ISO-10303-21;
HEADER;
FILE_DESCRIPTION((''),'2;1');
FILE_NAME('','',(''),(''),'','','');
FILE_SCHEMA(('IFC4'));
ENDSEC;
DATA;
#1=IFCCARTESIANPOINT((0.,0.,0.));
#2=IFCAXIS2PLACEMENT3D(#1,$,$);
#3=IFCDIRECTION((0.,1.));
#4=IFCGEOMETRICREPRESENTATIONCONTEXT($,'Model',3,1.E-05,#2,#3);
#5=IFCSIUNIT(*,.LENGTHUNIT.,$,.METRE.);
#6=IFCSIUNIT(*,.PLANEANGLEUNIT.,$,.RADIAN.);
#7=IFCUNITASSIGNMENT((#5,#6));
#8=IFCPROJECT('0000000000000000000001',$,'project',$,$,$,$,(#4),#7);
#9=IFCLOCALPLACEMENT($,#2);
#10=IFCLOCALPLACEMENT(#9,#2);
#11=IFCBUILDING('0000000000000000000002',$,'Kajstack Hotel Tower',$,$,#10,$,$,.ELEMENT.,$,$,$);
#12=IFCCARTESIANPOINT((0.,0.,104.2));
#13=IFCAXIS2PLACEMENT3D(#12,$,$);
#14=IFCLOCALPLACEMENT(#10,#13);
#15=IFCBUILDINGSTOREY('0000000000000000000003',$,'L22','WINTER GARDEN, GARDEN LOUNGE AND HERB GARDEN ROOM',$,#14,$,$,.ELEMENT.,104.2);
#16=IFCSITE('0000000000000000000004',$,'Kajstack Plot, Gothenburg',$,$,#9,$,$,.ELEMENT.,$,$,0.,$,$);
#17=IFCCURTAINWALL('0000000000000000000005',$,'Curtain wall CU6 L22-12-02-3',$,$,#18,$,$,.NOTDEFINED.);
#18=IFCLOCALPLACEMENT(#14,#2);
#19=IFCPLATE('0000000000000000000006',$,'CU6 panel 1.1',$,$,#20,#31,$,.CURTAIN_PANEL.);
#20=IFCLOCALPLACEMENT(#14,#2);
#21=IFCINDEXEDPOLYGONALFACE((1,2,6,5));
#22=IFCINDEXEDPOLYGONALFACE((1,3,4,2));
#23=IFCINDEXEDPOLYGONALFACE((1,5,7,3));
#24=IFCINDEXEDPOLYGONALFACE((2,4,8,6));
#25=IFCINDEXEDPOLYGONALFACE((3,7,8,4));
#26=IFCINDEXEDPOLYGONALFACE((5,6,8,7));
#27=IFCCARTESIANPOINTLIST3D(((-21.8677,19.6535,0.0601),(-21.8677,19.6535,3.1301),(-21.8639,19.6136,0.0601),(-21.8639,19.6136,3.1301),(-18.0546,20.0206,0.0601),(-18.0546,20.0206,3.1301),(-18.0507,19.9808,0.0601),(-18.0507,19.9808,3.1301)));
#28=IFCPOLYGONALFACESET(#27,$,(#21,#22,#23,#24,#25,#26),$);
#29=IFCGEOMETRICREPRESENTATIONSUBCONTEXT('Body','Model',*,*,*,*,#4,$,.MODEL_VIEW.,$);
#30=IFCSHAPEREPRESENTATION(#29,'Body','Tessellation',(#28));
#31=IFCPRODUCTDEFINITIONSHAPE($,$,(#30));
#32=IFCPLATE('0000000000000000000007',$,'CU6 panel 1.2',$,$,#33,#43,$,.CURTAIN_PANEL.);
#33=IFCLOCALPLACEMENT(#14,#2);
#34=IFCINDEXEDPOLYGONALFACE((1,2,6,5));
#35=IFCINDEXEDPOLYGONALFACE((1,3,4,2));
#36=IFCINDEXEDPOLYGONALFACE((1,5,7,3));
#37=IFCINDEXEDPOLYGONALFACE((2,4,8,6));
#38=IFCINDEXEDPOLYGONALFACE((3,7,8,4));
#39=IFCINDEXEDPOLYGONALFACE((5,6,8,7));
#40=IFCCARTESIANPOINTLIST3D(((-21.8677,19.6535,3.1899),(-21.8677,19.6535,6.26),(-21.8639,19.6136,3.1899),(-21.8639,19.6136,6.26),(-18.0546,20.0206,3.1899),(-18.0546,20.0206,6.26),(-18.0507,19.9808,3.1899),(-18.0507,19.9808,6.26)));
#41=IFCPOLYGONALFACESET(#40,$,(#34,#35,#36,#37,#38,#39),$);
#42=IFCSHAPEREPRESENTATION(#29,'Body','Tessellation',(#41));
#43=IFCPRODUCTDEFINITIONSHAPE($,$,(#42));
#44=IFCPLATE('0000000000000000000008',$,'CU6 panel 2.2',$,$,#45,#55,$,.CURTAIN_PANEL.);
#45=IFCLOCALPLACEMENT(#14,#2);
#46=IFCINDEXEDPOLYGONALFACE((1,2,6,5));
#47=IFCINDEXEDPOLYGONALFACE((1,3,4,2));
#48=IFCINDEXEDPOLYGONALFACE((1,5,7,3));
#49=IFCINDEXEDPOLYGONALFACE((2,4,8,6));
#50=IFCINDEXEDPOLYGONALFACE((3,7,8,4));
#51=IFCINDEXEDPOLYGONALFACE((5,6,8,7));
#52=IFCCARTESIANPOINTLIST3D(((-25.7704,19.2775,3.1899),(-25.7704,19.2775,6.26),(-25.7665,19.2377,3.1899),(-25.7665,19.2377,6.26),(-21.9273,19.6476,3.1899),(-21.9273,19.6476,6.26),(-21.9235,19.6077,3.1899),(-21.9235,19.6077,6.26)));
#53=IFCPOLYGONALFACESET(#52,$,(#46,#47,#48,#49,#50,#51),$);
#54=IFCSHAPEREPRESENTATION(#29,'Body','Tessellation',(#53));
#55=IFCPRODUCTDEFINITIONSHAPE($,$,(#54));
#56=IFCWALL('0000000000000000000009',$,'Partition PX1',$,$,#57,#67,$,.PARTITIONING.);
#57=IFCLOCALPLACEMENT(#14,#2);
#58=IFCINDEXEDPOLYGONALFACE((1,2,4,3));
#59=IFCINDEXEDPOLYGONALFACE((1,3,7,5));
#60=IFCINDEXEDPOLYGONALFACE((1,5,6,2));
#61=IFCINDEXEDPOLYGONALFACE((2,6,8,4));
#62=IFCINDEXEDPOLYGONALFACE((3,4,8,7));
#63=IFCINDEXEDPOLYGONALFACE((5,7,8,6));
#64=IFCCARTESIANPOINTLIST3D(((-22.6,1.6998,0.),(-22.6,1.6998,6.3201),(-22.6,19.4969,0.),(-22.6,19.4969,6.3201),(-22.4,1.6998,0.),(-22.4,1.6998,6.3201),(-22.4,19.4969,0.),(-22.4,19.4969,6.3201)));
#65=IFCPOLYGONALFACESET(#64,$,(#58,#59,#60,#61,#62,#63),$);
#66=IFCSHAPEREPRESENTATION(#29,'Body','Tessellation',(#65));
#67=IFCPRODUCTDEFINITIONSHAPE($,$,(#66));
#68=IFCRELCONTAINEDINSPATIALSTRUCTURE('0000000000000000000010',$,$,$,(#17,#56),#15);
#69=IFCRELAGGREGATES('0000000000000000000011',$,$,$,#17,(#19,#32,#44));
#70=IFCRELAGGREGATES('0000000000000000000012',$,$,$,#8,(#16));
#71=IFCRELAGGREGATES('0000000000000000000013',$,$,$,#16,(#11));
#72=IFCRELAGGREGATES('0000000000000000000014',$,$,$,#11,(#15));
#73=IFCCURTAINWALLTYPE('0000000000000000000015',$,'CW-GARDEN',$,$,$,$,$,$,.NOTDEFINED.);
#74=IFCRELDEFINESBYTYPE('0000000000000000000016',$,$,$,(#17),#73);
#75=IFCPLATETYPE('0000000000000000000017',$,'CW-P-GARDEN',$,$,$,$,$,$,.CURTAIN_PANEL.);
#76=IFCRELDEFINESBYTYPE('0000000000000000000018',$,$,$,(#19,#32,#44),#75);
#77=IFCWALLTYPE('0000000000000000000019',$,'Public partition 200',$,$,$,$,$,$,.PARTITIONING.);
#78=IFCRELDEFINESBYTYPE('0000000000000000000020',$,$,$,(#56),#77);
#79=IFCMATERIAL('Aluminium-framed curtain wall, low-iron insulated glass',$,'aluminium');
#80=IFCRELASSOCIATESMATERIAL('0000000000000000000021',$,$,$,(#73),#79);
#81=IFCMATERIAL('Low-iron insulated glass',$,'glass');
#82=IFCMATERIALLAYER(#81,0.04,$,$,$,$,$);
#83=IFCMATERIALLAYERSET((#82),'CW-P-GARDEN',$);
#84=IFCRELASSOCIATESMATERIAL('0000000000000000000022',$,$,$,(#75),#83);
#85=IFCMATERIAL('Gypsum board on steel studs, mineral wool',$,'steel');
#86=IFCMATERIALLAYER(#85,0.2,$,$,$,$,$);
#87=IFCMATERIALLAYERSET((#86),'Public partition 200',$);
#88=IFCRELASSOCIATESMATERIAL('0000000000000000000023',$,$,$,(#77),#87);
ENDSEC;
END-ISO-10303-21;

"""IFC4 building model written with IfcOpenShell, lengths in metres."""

from ifc_helpers import new_model, si_unit, direction, frame, frame_2d, origin, origin_2d, place, context, subcontext, project, spatial, rectangle, extrude, material, layer, layer_set, type_object, element, aggregate, save


model = new_model("IFC4")

# Units and contexts
model_context = context("Model", 3, precision=1e-05, world=origin(), true_north=direction((0.0, 1.0)))
body_context = subcontext(model_context, "Body", "Model", "MODEL_VIEW")
ifc_project = project(units=[si_unit("LENGTHUNIT", "METRE"), si_unit("PLANEANGLEUNIT", "RADIAN")], contexts=[model_context])

# Site, building, storey
site_placement = place(None, origin())
site = spatial("IfcSite", under=ifc_project, at=site_placement, Name="Kajstack Plot, Gothenburg", CompositionType="ELEMENT", RefElevation=0.0)
building_placement = place(site_placement, origin())
building = spatial("IfcBuilding", under=site, at=building_placement, Name="Kajstack Hotel Tower", CompositionType="ELEMENT")
storey_placement = place(building_placement, frame((0.0, 0.0, 104.2)))
storey = spatial("IfcBuildingStorey", under=building, at=storey_placement, Name="L22", Description="WINTER GARDEN, GARDEN LOUNGE AND HERB GARDEN ROOM", CompositionType="ELEMENT", Elevation=104.2)

# Shared definitions
ifc_material_1 = material(Name="Aluminium-framed curtain wall, low-iron insulated glass", Category="aluminium")
curtain_wall_type = type_object("IfcCurtainWallType", Name="CW-GARDEN", PredefinedType="NOTDEFINED", material=ifc_material_1)

# Curtain wall
curtain_wall_1_placement = place(storey_placement, origin())
curtain_wall_1 = element("IfcCurtainWall", 1, at=curtain_wall_1_placement, inside=storey, type_object=curtain_wall_type, Name="Curtain wall CU6 L22-12-02-3", PredefinedType="NOTDEFINED")

# Plates
ifc_material_2 = material(Name="Low-iron insulated glass", Category="glass")
ifc_layer_1 = layer(ifc_material_2, 0.04)
ifc_layer_set_1 = layer_set([ifc_layer_1], Name="CW-P-GARDEN")
plate_type = type_object("IfcPlateType", Name="CW-P-GARDEN", PredefinedType="CURTAIN_PANEL", material=ifc_layer_set_1)
plate_1_placement = place(storey_placement, frame((-19.9592, 19.8171, 0.0601), z_axis=(0.0, 0.0, 1.0), x_axis=(-0.995396, -0.095846, 0.0)))
plate_1 = element("IfcPlate", 2, at=plate_1_placement, type_object=plate_type, Name="CU6 panel 1.1", PredefinedType="CURTAIN_PANEL", context=body_context, shape_type="SweptSolid", body=[
    extrude(rectangle(XDim=3.8308, YDim=0.04, at=origin_2d()), origin(), (0.0, 0.0, 1.0), 3.0701),
])
plate_2_placement = place(storey_placement, frame((-19.9592, 19.8171, 3.1899), z_axis=(0.0, 0.0, 1.0), x_axis=(-0.995396, -0.095846, 0.0)))
plate_2 = element("IfcPlate", 3, at=plate_2_placement, type_object=plate_type, Name="CU6 panel 1.2", PredefinedType="CURTAIN_PANEL", context=body_context, shape_type="SweptSolid", body=[
    extrude(rectangle(XDim=3.8308, YDim=0.04, at=origin_2d()), origin(), (0.0, 0.0, 1.0), 3.0701),
])
plate_3_placement = place(storey_placement, frame((-23.8469, 19.4426, 3.1899), z_axis=(0.0, 0.0, 1.0), x_axis=(-0.995396, -0.095846, 0.0)))
plate_3 = element("IfcPlate", 4, at=plate_3_placement, type_object=plate_type, Name="CU6 panel 2.2", PredefinedType="CURTAIN_PANEL", context=body_context, shape_type="SweptSolid", body=[
    extrude(rectangle(XDim=3.8608, YDim=0.04, at=origin_2d()), origin(), (0.0, 0.0, 1.0), 3.0701),
])
aggregate(curtain_wall_1, [plate_1, plate_2, plate_3])

# Wall
ifc_material_3 = material(Name="Gypsum board on steel studs, mineral wool", Category="steel")
ifc_layer_2 = layer(ifc_material_3, 0.2)
ifc_layer_set_2 = layer_set([ifc_layer_2], Name="Public partition 200")
wall_type = type_object("IfcWallType", Name="Public partition 200", PredefinedType="PARTITIONING", material=ifc_layer_set_2)
wall_placement = place(storey_placement, frame((-22.5, 1.7, 0.0), z_axis=(0.0, 0.0, 1.0), x_axis=(0.0, 1.0, 0.0)))
element("IfcWall", 5, at=wall_placement, inside=storey, type_object=wall_type, Name="Partition PX1", PredefinedType="PARTITIONING", context=body_context, shape_type="SweptSolid", body=[
    extrude(rectangle(XDim=17.7971, YDim=0.2, at=frame_2d((8.8984, 0.0))), origin(), (0.0, 0.0, 1.0), 6.3201),
])

save(model, "model.ifc")
